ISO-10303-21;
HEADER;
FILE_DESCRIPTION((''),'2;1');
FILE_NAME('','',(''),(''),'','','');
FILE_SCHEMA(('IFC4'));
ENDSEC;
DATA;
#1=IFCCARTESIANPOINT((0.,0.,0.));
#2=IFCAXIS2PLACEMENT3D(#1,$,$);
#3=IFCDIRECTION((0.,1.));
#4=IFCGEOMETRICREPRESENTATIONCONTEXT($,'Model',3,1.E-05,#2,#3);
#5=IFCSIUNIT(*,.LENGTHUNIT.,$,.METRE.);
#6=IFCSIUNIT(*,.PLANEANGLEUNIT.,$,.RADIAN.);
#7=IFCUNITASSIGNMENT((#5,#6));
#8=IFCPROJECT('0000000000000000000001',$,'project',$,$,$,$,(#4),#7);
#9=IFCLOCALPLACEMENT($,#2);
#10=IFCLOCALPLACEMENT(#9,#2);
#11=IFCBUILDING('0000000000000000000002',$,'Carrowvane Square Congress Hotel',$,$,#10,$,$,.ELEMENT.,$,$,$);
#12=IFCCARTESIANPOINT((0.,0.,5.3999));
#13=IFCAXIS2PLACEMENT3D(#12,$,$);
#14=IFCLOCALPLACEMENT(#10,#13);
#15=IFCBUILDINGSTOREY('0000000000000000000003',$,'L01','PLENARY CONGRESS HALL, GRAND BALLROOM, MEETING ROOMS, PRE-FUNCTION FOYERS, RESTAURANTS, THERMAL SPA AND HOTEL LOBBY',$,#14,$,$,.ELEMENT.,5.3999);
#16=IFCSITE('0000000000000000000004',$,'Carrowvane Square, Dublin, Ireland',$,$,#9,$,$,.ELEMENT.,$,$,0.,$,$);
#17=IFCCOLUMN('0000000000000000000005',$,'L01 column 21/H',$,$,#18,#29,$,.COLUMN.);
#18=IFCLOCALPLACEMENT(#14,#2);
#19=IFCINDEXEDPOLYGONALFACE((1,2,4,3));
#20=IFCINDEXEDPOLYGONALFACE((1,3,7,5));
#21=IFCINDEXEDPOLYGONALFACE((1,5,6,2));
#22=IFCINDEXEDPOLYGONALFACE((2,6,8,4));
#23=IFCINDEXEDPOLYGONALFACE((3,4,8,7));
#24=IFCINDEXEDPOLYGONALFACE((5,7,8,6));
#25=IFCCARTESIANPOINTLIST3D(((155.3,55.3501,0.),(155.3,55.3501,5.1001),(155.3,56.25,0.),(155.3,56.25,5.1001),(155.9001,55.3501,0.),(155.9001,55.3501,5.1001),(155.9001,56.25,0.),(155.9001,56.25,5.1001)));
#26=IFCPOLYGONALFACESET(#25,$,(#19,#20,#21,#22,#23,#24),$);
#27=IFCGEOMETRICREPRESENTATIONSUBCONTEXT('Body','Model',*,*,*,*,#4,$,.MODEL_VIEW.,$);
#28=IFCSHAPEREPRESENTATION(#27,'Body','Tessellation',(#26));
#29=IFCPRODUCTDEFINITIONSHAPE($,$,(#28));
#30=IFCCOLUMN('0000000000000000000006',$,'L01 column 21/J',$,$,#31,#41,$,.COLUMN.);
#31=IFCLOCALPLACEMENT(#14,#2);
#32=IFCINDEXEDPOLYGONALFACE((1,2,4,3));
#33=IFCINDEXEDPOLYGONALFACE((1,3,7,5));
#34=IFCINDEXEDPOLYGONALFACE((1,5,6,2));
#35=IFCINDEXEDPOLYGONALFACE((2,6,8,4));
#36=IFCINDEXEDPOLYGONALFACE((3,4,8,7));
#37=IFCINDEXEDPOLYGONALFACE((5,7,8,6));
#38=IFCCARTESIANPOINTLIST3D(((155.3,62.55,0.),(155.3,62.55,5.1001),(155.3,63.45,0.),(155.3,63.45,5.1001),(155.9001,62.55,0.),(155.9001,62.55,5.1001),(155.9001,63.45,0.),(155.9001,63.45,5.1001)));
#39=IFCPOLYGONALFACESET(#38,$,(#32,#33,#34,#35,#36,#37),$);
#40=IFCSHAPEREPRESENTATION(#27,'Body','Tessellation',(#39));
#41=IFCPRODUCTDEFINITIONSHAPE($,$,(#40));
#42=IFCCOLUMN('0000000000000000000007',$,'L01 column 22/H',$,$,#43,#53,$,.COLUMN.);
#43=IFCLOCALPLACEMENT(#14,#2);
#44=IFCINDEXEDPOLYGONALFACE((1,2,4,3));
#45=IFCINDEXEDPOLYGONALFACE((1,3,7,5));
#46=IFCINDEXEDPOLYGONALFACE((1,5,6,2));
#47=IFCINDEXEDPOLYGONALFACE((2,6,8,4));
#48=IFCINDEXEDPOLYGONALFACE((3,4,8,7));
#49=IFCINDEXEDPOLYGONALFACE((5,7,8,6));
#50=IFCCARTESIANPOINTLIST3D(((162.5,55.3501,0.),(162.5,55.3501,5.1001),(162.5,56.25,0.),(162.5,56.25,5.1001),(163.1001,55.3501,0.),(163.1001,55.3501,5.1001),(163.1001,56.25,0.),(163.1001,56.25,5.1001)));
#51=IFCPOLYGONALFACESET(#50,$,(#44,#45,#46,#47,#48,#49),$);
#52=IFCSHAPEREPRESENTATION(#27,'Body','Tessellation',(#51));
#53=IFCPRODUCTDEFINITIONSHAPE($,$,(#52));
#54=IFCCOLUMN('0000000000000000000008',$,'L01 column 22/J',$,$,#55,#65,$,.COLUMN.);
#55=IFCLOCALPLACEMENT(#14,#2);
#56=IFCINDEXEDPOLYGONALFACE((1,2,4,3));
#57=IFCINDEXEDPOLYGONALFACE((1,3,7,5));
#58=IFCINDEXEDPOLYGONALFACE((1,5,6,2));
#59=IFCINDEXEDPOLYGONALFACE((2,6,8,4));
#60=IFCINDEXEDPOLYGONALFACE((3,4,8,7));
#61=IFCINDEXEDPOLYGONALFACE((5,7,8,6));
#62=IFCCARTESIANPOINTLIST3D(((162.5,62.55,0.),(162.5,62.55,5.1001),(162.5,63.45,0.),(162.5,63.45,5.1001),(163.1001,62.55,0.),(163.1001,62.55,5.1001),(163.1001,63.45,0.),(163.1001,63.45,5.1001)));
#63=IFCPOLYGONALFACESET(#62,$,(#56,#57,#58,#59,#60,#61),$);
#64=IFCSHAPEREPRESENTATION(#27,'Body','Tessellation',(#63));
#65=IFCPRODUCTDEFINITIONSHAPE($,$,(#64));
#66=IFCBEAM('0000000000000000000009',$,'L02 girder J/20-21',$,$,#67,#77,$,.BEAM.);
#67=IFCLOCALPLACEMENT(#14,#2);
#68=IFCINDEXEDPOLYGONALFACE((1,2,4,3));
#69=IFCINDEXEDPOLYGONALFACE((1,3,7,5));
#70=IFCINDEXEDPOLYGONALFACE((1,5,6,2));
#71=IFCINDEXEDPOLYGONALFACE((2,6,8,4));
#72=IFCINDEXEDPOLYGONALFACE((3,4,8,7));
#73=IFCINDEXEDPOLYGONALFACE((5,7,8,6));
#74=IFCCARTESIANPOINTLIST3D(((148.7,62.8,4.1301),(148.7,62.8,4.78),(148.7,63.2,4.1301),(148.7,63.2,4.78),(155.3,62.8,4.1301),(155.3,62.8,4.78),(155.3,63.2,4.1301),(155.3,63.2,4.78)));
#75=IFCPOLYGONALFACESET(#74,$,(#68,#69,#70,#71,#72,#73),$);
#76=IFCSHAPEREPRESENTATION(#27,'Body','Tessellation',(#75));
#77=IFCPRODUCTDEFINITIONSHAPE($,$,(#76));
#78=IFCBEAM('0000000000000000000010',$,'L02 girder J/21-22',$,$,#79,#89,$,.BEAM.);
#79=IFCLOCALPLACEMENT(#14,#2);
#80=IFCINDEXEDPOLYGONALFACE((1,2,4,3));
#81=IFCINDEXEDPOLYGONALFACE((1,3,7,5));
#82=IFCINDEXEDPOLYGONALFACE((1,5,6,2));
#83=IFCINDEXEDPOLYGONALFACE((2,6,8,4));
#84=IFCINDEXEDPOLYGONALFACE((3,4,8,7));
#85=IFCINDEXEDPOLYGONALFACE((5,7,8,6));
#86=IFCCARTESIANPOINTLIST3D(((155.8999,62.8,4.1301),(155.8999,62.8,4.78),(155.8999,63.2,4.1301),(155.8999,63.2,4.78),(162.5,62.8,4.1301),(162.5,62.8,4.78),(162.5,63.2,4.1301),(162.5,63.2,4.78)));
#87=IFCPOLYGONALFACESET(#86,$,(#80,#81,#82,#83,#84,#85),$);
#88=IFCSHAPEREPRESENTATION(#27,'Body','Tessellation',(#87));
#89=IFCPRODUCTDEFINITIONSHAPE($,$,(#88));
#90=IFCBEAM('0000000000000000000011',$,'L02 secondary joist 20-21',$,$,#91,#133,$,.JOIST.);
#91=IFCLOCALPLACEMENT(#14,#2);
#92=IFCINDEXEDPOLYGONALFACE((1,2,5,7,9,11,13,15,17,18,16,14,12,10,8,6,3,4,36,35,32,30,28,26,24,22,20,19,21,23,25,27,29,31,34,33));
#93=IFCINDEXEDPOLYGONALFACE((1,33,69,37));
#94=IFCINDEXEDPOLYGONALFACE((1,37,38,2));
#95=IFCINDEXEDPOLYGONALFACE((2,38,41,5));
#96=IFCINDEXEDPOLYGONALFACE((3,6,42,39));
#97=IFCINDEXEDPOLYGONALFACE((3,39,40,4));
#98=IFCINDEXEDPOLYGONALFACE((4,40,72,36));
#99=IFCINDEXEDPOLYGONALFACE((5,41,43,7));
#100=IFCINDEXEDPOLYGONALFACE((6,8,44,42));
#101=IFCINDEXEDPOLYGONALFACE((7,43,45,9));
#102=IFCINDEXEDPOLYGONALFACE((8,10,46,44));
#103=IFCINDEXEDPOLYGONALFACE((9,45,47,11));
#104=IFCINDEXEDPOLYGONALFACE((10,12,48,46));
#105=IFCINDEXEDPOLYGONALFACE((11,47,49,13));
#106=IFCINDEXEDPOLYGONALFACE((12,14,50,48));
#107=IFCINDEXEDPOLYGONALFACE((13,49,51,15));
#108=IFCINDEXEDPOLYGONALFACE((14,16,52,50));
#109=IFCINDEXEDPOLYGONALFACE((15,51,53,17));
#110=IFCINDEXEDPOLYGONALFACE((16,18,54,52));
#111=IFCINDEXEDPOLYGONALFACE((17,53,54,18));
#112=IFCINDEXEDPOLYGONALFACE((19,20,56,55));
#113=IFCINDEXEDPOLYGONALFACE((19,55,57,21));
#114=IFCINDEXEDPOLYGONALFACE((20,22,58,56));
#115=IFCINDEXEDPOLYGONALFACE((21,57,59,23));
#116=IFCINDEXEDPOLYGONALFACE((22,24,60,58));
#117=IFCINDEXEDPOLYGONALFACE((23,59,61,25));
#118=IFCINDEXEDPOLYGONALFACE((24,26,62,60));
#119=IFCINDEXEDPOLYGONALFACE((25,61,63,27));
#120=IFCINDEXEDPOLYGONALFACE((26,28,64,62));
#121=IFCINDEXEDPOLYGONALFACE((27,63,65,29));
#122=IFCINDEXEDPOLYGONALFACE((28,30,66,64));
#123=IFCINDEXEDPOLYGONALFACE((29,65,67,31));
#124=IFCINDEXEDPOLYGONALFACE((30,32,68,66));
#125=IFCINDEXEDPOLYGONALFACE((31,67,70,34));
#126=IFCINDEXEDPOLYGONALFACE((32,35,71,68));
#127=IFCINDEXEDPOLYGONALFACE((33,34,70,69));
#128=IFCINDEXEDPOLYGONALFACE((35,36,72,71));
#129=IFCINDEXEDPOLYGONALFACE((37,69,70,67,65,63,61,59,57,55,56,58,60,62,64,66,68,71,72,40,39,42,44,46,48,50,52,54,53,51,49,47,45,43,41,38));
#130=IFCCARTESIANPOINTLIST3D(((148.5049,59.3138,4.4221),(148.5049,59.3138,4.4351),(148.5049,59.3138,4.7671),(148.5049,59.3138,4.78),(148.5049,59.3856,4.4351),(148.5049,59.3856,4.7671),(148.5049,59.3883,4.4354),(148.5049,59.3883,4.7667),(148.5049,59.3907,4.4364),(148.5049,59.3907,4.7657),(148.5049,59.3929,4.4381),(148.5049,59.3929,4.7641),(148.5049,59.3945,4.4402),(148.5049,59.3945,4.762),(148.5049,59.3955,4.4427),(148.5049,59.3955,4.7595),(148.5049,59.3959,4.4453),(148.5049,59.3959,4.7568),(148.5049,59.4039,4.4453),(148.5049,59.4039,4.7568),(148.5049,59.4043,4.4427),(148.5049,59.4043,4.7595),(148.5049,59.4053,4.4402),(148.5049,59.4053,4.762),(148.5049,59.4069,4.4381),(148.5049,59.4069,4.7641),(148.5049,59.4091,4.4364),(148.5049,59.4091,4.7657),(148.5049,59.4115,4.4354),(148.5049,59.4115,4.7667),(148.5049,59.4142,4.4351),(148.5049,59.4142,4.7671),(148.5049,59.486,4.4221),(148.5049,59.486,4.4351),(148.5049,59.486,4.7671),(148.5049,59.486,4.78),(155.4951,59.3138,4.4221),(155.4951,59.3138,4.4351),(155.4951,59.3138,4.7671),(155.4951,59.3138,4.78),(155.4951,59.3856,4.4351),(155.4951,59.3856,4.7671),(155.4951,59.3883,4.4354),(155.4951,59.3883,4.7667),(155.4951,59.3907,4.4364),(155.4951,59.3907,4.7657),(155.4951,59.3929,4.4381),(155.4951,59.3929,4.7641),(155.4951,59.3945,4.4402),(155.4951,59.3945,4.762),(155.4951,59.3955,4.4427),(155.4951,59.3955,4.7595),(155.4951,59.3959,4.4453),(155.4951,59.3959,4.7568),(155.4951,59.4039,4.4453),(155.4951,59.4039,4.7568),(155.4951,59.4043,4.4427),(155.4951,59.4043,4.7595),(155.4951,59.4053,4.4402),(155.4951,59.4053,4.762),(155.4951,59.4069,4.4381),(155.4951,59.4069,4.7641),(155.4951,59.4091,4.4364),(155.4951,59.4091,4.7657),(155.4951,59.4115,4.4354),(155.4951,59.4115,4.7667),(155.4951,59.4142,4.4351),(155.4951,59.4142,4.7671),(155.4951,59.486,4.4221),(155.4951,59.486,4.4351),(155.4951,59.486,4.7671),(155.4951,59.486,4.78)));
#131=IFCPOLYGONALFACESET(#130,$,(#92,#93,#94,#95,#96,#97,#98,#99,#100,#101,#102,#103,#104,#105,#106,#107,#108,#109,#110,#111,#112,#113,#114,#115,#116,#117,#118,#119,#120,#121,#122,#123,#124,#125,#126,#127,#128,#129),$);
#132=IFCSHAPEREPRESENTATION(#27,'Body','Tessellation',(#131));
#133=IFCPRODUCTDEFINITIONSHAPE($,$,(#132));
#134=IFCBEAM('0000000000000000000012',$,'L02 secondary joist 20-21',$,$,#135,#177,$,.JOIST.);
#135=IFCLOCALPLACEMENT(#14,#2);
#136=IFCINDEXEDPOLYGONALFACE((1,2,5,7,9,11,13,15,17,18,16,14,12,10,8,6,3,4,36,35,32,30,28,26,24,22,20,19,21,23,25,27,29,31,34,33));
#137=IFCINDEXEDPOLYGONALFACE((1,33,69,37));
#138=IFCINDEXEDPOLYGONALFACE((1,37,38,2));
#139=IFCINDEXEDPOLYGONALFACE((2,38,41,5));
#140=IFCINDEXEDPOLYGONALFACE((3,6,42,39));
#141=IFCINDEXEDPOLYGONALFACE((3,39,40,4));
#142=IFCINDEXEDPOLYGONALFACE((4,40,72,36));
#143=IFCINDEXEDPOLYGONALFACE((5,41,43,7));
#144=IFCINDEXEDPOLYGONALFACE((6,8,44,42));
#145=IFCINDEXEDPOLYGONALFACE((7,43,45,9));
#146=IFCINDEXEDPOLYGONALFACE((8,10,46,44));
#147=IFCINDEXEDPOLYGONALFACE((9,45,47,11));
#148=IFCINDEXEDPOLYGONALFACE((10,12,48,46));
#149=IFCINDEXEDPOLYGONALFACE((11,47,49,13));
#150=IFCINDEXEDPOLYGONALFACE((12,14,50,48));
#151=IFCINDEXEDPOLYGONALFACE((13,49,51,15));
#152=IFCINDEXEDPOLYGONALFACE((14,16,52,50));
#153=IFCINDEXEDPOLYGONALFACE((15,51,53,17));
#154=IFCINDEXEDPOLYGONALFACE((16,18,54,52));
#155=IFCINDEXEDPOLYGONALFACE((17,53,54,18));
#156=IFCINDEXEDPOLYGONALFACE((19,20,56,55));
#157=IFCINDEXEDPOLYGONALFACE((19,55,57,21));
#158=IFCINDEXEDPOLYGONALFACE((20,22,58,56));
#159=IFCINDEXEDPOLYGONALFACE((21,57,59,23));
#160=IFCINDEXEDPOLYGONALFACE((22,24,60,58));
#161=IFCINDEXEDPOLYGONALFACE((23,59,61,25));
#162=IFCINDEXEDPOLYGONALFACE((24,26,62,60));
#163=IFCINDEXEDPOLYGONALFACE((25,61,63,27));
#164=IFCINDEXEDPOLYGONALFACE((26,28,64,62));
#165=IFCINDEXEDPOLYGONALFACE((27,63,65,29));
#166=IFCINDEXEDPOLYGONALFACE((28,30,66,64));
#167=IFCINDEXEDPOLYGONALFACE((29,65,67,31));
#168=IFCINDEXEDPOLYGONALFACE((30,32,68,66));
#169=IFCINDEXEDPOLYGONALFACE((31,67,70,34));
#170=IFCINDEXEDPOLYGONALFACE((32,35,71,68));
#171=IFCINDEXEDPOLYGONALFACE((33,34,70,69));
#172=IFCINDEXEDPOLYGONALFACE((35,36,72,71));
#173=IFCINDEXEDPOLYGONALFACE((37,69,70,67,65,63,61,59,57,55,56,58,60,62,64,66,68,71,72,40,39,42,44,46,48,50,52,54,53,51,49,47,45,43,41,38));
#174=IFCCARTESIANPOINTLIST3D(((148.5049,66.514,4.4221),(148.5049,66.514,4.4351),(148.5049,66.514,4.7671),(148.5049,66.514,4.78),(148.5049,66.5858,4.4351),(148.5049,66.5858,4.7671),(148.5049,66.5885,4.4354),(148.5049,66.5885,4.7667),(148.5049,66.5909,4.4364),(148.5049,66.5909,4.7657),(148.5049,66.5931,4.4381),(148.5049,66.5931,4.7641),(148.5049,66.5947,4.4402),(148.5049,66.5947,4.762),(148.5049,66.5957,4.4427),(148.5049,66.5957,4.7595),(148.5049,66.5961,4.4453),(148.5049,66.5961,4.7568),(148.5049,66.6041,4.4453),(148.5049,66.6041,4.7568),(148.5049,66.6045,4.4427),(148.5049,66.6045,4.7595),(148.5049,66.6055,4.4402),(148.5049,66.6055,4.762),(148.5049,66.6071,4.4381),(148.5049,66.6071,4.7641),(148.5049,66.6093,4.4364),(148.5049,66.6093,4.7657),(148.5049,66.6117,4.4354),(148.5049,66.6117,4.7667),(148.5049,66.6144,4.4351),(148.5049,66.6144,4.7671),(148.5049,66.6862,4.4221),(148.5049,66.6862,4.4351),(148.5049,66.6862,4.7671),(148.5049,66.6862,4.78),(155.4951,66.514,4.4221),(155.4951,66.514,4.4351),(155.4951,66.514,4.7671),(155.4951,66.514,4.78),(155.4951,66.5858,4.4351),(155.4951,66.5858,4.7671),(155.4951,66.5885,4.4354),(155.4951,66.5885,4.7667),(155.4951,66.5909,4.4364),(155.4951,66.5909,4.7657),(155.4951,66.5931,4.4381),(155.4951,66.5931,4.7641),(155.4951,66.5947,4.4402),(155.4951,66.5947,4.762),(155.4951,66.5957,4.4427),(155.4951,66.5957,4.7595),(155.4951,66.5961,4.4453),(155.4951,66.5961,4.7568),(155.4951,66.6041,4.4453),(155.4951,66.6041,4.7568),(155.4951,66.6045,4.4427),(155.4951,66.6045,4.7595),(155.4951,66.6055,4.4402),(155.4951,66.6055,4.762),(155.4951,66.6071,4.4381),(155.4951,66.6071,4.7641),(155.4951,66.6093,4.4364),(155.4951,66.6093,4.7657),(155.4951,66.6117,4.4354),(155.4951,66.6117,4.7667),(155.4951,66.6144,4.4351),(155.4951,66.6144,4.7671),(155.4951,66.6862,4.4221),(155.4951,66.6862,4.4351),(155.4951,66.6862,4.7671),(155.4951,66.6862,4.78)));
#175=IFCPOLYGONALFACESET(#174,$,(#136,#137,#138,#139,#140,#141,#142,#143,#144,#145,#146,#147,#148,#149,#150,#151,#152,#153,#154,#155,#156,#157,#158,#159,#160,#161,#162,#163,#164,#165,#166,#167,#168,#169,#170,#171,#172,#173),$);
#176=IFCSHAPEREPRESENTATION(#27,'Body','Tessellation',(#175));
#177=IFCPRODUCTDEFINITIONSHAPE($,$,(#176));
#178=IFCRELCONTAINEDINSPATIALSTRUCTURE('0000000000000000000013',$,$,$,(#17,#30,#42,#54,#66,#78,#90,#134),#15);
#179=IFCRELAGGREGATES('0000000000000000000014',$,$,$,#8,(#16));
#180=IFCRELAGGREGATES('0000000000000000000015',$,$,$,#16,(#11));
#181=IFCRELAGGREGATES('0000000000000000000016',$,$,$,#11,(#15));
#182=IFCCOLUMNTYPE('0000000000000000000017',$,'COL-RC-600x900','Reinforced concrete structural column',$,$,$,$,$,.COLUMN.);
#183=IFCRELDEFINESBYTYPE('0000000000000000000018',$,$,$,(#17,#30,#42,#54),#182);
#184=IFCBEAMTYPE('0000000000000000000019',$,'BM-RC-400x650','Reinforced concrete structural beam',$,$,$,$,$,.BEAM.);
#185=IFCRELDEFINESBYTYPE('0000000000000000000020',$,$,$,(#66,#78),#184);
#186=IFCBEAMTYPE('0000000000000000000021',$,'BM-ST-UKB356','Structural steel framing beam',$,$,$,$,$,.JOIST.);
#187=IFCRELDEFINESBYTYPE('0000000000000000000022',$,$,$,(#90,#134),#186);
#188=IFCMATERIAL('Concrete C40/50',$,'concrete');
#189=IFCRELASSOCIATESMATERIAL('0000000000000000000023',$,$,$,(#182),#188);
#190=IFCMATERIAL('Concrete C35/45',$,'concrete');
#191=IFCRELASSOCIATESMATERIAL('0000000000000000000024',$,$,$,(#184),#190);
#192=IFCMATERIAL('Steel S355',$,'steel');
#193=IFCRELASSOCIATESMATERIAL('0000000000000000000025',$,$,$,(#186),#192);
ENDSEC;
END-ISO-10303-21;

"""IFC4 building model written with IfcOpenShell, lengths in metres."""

from ifc_helpers import new_model, si_unit, direction, frame, origin, origin_2d, place, context, subcontext, project, spatial, rectangle, i_section, extrude, material, material_profile, profile_set, type_object, element, save


model = new_model("IFC4")

# Units and contexts
model_context = context("Model", 3, precision=1e-05, world=origin(), true_north=direction((0.0, 1.0)))
body_context = subcontext(model_context, "Body", "Model", "MODEL_VIEW")
ifc_project = project(units=[si_unit("LENGTHUNIT", "METRE"), si_unit("PLANEANGLEUNIT", "RADIAN")], contexts=[model_context])

# Site, building, storey
site_placement = place(None, origin())
site = spatial("IfcSite", under=ifc_project, at=site_placement, Name="Carrowvane Square, Dublin, Ireland", CompositionType="ELEMENT", RefElevation=0.0)
building_placement = place(site_placement, origin())
building = spatial("IfcBuilding", under=site, at=building_placement, Name="Carrowvane Square Congress Hotel", CompositionType="ELEMENT")
storey_placement = place(building_placement, frame((0.0, 0.0, 5.3999)))
storey = spatial("IfcBuildingStorey", under=building, at=storey_placement, Name="L01", Description="PLENARY CONGRESS HALL, GRAND BALLROOM, MEETING ROOMS, PRE-FUNCTION FOYERS, RESTAURANTS, THERMAL SPA AND HOTEL LOBBY", CompositionType="ELEMENT", Elevation=5.3999)

# Columns
ifc_material_1 = material(Name="Concrete C40/50", Category="concrete")
ifc_material_profile_1 = material_profile(ifc_material_1, rectangle(XDim=0.6001, YDim=0.8999, at=origin_2d()), Name="RC 600x900")
ifc_profile_set_1 = profile_set([ifc_material_profile_1], Name="Concrete C40/50")
column_type = type_object("IfcColumnType", Name="COL-RC-600x900", Description="Reinforced concrete structural column", PredefinedType="COLUMN", material=ifc_profile_set_1)
for number, where, z_axis, x_axis, name in (
    (1, (155.6001, 55.8, 0.0), (0.0, 0.0, 1.0), (1.0, 0.0, 0.0), "L01 column 21/H"),
    (2, (155.6001, 63.0, 0.0), (0.0, 0.0, 1.0), (1.0, 0.0, 0.0), "L01 column 21/J"),
    (3, (162.8, 55.8, 0.0), (0.0, 0.0, 1.0), (1.0, 0.0, 0.0), "L01 column 22/H"),
    (4, (162.8, 63.0, 0.0), (0.0, 0.0, 1.0), (1.0, 0.0, 0.0), "L01 column 22/J"),
):
    element("IfcColumn", number, at=place(storey_placement, frame(where, z_axis=z_axis, x_axis=x_axis)), inside=storey, type_object=column_type, Name=name, PredefinedType="COLUMN", context=body_context, shape_type="SweptSolid", body=[
        extrude(rectangle(XDim=0.6001, YDim=0.8999, at=origin_2d()), origin(), (0.0, 0.0, 1.0), 5.1001),
    ])

# Beams
ifc_material_2 = material(Name="Concrete C35/45", Category="concrete")
ifc_material_profile_2 = material_profile(ifc_material_2, rectangle(XDim=0.3999, YDim=0.6499, at=origin_2d()), Name="RC 400x650")
ifc_profile_set_2 = profile_set([ifc_material_profile_2], Name="Concrete C35/45")
beam_type_1 = type_object("IfcBeamType", Name="BM-RC-400x650", Description="Reinforced concrete structural beam", PredefinedType="BEAM", material=ifc_profile_set_2)
for number, where, z_axis, x_axis, name in (
    (5, (148.7, 63.0, 4.4551), (1.0, 0.0, 0.0), (0.0, 1.0, 0.0), "L02 girder J/20-21"),
    (6, (155.8999, 63.0, 4.4551), (1.0, 0.0, 0.0), (0.0, 1.0, 0.0), "L02 girder J/21-22"),
):
    element("IfcBeam", number, at=place(storey_placement, frame(where, z_axis=z_axis, x_axis=x_axis)), inside=storey, type_object=beam_type_1, Name=name, PredefinedType="BEAM", context=body_context, shape_type="SweptSolid", body=[
        extrude(rectangle(XDim=0.3999, YDim=0.6499, at=origin_2d()), origin(), (0.0, 0.0, 1.0), 6.6001),
    ])
ifc_material_3 = material(Name="Steel S355", Category="steel")
ifc_material_profile_3 = material_profile(ifc_material_3, i_section(OverallWidth=0.1721, OverallDepth=0.3579, WebThickness=0.0081, FlangeThickness=0.0129, FilletRadius=0.0103, at=origin_2d()), Name="UKB 356x171x57")
ifc_profile_set_3 = profile_set([ifc_material_profile_3], Name="Steel S355")
beam_type_2 = type_object("IfcBeamType", Name="BM-ST-UKB356", Description="Structural steel framing beam", PredefinedType="JOIST", material=ifc_profile_set_3)
for number, where, z_axis, x_axis, name in (
    (7, (148.5049, 59.3999, 4.6011), (1.0, 0.0, 0.0), (0.0, 1.0, 0.0), "L02 secondary joist 20-21"),
    (8, (148.5049, 66.6001, 4.6011), (1.0, 0.0, 0.0), (0.0, 1.0, 0.0), "L02 secondary joist 20-21"),
):
    element("IfcBeam", number, at=place(storey_placement, frame(where, z_axis=z_axis, x_axis=x_axis)), inside=storey, type_object=beam_type_2, Name=name, PredefinedType="JOIST", context=body_context, shape_type="SweptSolid", body=[
        extrude(i_section(OverallWidth=0.1721, OverallDepth=0.3579, WebThickness=0.0081, FlangeThickness=0.0129, FilletRadius=0.0103, at=origin_2d()), origin(), (0.0, 0.0, 1.0), 6.9902),
    ])

save(model, "model.ifc")
